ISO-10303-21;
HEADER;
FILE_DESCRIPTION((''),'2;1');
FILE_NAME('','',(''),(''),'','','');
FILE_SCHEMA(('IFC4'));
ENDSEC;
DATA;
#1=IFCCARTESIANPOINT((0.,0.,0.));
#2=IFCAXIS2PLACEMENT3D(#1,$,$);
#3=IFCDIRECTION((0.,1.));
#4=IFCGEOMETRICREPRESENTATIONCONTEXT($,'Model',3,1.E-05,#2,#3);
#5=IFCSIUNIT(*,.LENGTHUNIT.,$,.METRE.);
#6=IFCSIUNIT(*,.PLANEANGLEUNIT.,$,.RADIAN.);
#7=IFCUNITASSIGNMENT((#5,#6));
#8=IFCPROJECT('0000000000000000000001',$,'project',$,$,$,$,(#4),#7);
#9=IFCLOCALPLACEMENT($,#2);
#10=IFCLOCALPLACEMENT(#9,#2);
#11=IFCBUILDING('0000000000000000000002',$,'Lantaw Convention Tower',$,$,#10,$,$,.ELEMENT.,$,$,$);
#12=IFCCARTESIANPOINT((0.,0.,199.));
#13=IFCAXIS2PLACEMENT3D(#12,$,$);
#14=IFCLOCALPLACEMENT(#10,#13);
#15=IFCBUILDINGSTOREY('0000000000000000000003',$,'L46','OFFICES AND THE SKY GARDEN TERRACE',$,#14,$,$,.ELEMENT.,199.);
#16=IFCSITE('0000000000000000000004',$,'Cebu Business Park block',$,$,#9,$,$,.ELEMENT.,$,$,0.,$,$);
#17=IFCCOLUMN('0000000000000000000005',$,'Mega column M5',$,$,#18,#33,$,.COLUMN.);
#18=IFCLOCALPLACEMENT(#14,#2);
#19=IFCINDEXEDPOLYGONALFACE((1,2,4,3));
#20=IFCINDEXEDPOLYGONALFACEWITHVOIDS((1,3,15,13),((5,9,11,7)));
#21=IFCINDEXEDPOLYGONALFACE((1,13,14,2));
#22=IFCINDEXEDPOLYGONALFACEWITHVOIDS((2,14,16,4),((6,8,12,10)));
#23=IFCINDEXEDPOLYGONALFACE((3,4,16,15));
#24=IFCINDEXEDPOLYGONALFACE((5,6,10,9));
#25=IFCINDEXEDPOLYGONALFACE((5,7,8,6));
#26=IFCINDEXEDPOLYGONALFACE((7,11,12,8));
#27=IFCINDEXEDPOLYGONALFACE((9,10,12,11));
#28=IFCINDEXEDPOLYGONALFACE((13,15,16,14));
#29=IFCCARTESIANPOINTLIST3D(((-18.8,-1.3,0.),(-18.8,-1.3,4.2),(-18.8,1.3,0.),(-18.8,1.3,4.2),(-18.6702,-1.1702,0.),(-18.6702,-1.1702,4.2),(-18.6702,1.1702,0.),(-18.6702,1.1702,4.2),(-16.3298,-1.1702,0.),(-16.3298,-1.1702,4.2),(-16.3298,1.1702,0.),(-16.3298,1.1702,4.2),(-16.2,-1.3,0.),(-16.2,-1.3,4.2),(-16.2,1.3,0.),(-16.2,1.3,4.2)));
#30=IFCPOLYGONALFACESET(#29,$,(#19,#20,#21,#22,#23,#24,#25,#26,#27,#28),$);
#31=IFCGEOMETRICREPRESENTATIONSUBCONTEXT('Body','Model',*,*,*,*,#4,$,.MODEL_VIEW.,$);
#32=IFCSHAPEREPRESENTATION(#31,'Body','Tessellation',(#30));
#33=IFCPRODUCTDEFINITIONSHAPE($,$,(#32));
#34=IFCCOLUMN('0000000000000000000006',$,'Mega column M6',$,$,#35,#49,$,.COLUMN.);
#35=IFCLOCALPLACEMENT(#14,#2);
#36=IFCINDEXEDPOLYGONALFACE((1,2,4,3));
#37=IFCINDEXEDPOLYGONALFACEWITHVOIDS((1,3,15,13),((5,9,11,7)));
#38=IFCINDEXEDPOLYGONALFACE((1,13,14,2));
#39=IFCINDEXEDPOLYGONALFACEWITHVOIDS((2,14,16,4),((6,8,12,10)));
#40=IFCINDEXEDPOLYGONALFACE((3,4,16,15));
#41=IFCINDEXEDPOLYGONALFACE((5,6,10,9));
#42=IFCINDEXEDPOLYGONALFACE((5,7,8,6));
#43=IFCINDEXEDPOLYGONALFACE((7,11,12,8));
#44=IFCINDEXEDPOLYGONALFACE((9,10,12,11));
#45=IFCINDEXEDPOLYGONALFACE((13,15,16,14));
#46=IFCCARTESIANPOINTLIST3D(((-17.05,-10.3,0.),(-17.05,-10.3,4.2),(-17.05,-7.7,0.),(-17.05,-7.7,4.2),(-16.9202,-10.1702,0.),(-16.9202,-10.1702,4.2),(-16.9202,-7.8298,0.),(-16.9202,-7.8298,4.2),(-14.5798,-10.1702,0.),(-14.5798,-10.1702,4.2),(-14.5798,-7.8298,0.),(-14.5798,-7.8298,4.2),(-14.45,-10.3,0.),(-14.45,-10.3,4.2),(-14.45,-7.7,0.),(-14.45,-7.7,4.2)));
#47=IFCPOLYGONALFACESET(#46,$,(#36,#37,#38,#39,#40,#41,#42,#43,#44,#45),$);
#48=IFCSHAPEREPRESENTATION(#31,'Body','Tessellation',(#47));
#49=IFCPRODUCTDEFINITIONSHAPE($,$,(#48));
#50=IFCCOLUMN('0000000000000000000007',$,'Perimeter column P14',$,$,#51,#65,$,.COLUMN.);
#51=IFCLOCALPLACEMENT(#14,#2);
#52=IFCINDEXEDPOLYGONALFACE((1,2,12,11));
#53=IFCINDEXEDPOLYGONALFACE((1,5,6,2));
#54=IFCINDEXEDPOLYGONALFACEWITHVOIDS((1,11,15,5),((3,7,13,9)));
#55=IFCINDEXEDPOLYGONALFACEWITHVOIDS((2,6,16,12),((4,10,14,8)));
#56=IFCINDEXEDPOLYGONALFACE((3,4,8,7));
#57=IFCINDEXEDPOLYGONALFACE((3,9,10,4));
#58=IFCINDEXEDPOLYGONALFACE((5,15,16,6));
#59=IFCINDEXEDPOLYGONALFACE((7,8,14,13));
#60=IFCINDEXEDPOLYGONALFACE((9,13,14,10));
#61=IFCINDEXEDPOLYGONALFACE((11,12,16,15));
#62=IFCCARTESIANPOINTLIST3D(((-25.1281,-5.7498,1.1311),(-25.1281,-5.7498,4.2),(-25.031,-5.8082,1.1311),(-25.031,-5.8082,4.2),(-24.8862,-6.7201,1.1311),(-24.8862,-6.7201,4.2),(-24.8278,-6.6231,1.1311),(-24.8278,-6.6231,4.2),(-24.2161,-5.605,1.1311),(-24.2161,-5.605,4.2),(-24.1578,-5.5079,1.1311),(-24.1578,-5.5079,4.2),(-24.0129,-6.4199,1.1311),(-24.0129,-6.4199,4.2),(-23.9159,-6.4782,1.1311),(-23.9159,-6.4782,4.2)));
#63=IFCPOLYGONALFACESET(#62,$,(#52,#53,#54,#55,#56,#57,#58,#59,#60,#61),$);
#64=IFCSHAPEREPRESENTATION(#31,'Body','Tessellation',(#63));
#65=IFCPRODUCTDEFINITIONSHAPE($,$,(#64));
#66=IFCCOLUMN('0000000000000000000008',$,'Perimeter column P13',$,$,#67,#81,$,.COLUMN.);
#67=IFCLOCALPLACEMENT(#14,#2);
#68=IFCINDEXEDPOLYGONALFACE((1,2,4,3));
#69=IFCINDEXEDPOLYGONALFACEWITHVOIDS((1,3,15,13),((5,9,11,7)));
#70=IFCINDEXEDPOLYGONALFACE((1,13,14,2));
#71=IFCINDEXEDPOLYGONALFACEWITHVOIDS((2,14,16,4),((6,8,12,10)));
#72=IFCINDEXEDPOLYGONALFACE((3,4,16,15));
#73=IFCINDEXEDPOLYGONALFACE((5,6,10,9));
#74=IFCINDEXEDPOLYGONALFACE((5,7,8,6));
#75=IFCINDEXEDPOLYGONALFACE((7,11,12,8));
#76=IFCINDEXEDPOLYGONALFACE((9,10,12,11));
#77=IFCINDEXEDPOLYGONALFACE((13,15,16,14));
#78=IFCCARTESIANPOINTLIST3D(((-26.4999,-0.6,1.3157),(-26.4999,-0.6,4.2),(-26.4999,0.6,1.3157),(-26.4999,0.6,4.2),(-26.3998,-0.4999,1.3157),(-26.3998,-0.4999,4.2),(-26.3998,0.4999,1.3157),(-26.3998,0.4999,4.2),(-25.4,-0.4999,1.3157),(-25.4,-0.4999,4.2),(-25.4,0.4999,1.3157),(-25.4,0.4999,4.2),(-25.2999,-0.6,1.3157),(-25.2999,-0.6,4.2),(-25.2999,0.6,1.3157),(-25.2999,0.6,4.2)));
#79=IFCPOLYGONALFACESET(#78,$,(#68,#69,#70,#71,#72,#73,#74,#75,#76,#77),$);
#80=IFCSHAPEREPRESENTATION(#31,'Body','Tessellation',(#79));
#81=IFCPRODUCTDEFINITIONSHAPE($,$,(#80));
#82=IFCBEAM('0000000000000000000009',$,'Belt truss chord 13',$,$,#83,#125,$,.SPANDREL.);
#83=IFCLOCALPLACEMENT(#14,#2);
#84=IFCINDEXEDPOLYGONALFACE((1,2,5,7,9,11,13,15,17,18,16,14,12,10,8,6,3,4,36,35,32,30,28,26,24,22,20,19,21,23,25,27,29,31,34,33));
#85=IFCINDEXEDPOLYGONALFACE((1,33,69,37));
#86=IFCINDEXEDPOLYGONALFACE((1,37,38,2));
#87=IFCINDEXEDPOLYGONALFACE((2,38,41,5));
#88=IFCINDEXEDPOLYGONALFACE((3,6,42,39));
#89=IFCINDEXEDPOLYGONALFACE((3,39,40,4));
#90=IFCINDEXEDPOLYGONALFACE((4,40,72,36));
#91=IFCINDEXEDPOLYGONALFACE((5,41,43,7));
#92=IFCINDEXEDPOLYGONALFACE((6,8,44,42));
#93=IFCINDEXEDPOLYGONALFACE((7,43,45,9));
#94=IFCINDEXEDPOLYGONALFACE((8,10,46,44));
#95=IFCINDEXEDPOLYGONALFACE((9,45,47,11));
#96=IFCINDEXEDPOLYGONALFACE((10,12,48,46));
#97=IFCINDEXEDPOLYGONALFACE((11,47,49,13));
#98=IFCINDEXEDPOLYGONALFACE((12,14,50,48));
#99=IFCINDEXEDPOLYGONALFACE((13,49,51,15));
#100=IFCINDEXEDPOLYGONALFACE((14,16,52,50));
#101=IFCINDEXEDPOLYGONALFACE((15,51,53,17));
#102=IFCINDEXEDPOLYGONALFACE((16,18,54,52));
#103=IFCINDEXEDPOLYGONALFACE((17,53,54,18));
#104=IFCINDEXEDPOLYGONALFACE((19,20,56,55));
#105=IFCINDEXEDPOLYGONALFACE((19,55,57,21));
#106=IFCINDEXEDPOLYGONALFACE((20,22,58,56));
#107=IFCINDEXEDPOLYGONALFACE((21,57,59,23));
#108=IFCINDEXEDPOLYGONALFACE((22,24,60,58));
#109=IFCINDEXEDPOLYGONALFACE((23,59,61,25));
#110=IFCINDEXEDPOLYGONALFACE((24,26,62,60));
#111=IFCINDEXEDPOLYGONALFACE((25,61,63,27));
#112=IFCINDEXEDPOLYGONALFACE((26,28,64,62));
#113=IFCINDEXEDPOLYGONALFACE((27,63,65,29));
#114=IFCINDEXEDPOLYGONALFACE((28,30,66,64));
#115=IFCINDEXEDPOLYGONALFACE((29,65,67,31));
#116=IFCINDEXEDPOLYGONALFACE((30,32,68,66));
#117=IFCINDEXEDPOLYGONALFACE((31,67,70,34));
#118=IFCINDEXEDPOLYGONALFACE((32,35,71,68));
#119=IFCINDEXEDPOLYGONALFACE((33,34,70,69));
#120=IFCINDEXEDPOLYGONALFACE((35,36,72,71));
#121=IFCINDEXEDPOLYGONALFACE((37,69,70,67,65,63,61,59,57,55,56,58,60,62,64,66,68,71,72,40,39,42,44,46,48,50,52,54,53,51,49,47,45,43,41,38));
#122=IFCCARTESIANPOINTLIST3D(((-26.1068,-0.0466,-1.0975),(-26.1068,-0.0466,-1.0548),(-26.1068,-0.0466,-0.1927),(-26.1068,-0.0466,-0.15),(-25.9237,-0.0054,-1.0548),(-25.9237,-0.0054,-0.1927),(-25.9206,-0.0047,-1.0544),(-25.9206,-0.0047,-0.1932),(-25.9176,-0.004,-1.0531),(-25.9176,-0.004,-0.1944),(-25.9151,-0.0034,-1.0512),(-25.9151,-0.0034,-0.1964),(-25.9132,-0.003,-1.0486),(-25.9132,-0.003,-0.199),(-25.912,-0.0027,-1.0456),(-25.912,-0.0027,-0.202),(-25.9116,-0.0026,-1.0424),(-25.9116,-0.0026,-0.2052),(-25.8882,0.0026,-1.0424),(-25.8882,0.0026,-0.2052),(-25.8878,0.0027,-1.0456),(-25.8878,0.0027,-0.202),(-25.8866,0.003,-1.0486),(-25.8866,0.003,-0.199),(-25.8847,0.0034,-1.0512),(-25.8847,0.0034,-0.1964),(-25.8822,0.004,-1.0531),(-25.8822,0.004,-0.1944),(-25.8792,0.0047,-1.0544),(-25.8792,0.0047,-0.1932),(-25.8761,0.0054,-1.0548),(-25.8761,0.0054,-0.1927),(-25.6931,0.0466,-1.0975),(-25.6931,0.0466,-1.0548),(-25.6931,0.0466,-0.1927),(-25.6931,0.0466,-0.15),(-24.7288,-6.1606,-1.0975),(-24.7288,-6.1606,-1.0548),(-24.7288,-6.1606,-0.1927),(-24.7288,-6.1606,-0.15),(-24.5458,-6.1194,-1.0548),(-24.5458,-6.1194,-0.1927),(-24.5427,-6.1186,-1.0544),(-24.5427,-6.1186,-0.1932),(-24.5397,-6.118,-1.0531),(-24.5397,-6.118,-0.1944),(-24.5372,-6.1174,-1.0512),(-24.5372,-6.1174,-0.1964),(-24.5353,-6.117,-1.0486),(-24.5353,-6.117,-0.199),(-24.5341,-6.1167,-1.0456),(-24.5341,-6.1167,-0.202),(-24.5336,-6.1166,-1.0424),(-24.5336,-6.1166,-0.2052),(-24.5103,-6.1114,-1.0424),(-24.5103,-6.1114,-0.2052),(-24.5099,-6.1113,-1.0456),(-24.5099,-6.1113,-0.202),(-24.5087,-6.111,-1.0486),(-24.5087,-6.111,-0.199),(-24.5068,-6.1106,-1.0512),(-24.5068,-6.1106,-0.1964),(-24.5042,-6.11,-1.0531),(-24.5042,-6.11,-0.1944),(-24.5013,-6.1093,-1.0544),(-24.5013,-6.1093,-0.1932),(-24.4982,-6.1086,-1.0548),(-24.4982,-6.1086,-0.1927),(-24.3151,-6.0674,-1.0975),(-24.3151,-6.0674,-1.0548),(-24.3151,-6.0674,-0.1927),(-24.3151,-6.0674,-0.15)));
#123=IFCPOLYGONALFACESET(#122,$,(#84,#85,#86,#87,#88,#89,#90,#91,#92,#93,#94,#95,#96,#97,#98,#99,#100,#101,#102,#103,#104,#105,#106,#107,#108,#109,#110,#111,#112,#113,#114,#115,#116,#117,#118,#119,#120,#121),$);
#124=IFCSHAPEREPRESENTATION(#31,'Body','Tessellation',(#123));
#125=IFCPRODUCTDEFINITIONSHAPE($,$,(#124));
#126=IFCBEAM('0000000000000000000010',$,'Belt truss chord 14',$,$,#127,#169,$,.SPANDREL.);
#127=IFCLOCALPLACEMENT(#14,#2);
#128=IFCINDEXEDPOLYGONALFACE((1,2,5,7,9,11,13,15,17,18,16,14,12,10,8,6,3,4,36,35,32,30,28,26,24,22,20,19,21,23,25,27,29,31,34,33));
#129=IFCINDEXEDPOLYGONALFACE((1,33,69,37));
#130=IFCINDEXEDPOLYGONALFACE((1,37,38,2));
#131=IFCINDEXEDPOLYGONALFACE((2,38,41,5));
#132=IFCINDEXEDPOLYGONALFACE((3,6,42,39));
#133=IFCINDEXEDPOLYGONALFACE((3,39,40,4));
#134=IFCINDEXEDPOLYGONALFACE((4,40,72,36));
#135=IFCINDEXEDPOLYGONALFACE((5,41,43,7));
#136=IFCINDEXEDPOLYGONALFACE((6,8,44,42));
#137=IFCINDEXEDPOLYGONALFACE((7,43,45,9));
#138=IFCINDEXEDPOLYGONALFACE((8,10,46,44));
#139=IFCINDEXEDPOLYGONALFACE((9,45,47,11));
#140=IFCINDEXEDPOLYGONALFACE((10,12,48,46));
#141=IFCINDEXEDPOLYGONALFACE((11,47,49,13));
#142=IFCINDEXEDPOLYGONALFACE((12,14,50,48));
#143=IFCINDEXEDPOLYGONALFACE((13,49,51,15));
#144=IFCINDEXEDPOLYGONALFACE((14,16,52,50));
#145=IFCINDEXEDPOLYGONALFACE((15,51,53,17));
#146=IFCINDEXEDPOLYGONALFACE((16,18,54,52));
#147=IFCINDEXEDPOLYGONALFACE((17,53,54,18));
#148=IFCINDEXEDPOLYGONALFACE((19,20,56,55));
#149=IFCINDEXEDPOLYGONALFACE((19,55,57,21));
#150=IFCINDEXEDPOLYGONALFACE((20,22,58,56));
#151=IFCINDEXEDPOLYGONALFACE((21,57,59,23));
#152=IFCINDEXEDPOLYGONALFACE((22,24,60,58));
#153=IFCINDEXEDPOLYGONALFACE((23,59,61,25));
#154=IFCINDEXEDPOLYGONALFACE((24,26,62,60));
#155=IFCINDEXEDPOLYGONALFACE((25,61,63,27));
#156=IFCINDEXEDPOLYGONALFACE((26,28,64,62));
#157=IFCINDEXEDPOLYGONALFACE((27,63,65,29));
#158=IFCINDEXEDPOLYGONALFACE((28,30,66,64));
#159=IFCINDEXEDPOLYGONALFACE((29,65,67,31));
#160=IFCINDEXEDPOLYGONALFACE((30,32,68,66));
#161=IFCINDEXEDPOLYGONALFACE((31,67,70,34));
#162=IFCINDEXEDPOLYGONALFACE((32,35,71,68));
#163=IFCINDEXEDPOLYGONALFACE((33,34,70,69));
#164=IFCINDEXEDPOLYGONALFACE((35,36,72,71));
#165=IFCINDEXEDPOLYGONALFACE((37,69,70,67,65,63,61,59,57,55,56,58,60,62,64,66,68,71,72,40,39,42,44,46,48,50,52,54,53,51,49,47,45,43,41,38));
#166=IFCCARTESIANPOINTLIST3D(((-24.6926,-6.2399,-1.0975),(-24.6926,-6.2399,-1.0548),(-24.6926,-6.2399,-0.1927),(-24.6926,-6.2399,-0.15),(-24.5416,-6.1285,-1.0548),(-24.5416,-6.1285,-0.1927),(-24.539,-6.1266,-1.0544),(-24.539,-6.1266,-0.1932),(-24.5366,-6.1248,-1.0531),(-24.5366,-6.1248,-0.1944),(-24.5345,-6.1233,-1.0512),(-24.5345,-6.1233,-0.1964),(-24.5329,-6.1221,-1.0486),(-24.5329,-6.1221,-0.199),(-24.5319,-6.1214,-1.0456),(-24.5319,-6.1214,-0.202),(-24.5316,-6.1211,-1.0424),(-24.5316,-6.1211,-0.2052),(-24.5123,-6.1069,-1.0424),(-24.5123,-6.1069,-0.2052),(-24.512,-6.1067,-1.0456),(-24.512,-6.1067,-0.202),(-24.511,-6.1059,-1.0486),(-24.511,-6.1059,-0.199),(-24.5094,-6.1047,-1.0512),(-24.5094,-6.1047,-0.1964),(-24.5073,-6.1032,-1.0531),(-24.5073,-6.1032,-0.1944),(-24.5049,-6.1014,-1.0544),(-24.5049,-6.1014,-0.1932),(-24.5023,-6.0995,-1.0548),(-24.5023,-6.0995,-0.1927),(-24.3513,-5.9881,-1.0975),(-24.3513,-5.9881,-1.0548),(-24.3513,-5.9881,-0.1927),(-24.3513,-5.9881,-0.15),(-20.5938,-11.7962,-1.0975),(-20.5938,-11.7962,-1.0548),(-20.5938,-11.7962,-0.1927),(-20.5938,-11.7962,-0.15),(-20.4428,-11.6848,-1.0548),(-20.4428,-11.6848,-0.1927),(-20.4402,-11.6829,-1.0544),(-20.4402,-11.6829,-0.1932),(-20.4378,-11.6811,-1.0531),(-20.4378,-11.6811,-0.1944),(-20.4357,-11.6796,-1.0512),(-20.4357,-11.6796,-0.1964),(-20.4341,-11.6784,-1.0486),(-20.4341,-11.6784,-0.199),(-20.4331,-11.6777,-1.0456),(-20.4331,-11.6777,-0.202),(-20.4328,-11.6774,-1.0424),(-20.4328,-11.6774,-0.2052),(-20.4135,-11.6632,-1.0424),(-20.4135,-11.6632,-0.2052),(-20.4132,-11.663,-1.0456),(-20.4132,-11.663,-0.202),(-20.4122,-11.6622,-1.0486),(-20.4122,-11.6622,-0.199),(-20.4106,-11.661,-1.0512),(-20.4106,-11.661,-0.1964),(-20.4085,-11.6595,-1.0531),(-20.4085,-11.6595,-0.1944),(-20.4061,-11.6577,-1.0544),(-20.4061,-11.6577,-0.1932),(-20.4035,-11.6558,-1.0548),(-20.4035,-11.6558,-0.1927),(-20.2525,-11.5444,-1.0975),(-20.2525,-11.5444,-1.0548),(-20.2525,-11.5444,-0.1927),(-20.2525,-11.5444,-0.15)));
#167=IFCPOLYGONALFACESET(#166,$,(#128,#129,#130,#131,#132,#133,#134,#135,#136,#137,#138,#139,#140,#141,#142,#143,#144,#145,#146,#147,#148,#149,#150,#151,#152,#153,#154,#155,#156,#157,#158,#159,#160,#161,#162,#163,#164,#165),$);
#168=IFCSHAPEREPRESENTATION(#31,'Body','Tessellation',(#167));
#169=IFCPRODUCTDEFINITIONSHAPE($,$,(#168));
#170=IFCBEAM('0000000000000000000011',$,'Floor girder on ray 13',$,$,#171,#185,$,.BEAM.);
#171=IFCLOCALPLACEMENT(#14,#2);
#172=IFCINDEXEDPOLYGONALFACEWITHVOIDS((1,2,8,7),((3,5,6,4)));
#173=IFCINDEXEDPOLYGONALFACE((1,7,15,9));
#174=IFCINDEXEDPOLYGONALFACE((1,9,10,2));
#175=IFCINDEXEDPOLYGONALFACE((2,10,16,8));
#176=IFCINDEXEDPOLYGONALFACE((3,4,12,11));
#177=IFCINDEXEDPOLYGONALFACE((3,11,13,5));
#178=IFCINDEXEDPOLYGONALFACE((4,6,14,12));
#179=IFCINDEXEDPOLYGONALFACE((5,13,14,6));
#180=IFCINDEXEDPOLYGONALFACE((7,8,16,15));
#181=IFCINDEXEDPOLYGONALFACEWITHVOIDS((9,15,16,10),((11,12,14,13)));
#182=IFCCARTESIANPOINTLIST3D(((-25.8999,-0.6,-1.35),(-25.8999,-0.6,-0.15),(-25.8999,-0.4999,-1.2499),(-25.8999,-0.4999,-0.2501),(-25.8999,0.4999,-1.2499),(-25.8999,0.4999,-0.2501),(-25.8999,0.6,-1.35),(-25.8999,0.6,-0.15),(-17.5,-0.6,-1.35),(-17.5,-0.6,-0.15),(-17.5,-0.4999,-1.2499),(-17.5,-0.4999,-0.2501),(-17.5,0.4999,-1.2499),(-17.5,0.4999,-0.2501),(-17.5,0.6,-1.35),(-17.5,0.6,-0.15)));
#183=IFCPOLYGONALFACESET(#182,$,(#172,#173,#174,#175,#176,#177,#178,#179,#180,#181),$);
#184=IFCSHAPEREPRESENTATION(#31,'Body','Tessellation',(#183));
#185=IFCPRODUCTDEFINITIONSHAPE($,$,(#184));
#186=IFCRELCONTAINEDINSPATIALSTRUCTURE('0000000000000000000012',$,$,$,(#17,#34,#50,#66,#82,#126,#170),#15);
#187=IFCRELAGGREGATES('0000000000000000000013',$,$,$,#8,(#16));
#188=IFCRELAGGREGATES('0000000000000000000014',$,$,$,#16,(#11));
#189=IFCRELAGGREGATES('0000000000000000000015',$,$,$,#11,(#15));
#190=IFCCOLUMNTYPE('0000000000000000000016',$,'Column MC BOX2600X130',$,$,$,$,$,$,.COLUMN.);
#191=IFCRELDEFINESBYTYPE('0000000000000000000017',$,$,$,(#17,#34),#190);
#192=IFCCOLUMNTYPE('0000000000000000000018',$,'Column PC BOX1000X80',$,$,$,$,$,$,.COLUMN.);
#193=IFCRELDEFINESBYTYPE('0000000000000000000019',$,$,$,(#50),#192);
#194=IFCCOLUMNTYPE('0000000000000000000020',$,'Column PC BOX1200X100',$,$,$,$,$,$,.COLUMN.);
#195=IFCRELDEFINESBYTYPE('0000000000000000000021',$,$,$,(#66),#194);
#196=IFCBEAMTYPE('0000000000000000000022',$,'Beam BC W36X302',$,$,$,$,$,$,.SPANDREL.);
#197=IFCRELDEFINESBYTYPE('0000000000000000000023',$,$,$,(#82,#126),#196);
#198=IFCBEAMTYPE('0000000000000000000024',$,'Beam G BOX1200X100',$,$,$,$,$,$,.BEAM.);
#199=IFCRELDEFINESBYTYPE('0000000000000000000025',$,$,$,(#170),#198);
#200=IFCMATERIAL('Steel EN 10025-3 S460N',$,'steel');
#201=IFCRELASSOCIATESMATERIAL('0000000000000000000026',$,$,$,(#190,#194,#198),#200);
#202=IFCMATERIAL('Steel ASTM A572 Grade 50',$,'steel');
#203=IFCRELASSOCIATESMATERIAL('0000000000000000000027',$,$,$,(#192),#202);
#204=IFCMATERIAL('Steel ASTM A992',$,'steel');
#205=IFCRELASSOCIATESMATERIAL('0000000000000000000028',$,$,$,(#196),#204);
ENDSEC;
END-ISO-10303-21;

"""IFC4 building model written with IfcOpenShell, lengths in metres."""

from ifc_helpers import new_model, si_unit, direction, frame, origin, origin_2d, place, context, subcontext, project, spatial, rectangle, hollow_rectangle, i_section, extrude, material, material_profile, profile_set, type_object, element, save


model = new_model("IFC4")

# Units and contexts
model_context = context("Model", 3, precision=1e-05, world=origin(), true_north=direction((0.0, 1.0)))
body_context = subcontext(model_context, "Body", "Model", "MODEL_VIEW")
ifc_project = project(units=[si_unit("LENGTHUNIT", "METRE"), si_unit("PLANEANGLEUNIT", "RADIAN")], contexts=[model_context])

# Site, building, storey
site_placement = place(None, origin())
site = spatial("IfcSite", under=ifc_project, at=site_placement, Name="Cebu Business Park block", CompositionType="ELEMENT", RefElevation=0.0)
building_placement = place(site_placement, origin())
building = spatial("IfcBuilding", under=site, at=building_placement, Name="Lantaw Convention Tower", CompositionType="ELEMENT")
storey_placement = place(building_placement, frame((0.0, 0.0, 199.0)))
storey = spatial("IfcBuildingStorey", under=building, at=storey_placement, Name="L46", Description="OFFICES AND THE SKY GARDEN TERRACE", CompositionType="ELEMENT", Elevation=199.0)

# Columns
ifc_material_1 = material(Name="Steel EN 10025-3 S460N", Category="steel")
ifc_material_profile_1 = material_profile(ifc_material_1, hollow_rectangle(XDim=2.6001, YDim=2.6001, WallThickness=0.1299, at=origin_2d()), Name="BOX2600X130")
ifc_material_2 = material(Name="Concrete C60/75", Category="concrete")
ifc_material_profile_2 = material_profile(ifc_material_2, rectangle(XDim=2.3401, YDim=2.3401, at=origin_2d()), Name="Concrete fill of BOX2600X130")
ifc_profile_set_1 = profile_set([ifc_material_profile_1, ifc_material_profile_2], Name="Steel EN 10025-3 S460N")
column_type_1 = type_object("IfcColumnType", Name="Column MC BOX2600X130", PredefinedType="COLUMN", material=ifc_profile_set_1)
for number, where, z_axis, x_axis, name in (
    (1, (-17.5, 0.0, 0.0), (0.0, 0.0, 1.0), (1.0, 0.0, 0.0), "Mega column M5"),
    (2, (-15.75, -9.0, 0.0), (0.0, 0.0, 1.0), (1.0, 0.0, 0.0), "Mega column M6"),
):
    element("IfcColumn", number, at=place(storey_placement, frame(where, z_axis=z_axis, x_axis=x_axis)), inside=storey, type_object=column_type_1, Name=name, PredefinedType="COLUMN", context=body_context, shape_type="SweptSolid", body=[
        extrude(hollow_rectangle(XDim=2.6001, YDim=2.6001, WallThickness=0.1299, at=origin_2d()), origin(), (0.0, 0.0, 1.0), 4.2),
    ])
ifc_material_3 = material(Name="Steel ASTM A572 Grade 50", Category="steel")
ifc_material_profile_3 = material_profile(ifc_material_3, hollow_rectangle(XDim=1.0, YDim=1.0, WallThickness=0.0801, at=origin_2d()), Name="BOX1000X80")
ifc_material_profile_4 = material_profile(ifc_material_2, rectangle(XDim=0.8401, YDim=0.8401, at=origin_2d()), Name="Concrete fill of BOX1000X80")
ifc_profile_set_2 = profile_set([ifc_material_profile_3, ifc_material_profile_4], Name="Steel ASTM A572 Grade 50")
column_type_2 = type_object("IfcColumnType", Name="Column PC BOX1000X80", PredefinedType="COLUMN", material=ifc_profile_set_2)
column_1_placement = place(storey_placement, frame((-24.522, -6.114, 1.1311), z_axis=(0.0, 0.0, 1.0), x_axis=(0.970296, 0.241922, 0.0)))
element("IfcColumn", 3, at=column_1_placement, inside=storey, type_object=column_type_2, Name="Perimeter column P14", PredefinedType="COLUMN", context=body_context, shape_type="SweptSolid", body=[
    extrude(hollow_rectangle(XDim=1.0, YDim=1.0, WallThickness=0.0801, at=origin_2d()), origin(), (0.0, 0.0, 1.0), 3.0688),
])
ifc_material_profile_5 = material_profile(ifc_material_1, hollow_rectangle(XDim=1.2, YDim=1.2, WallThickness=0.1001, at=origin_2d()), Name="BOX1200X100")
ifc_material_profile_6 = material_profile(ifc_material_2, rectangle(XDim=1.0, YDim=1.0, at=origin_2d()), Name="Concrete fill of BOX1200X100")
ifc_profile_set_3 = profile_set([ifc_material_profile_5, ifc_material_profile_6], Name="Steel EN 10025-3 S460N")
column_type_3 = type_object("IfcColumnType", Name="Column PC BOX1200X100", PredefinedType="COLUMN", material=ifc_profile_set_3)
column_2_placement = place(storey_placement, frame((-25.8999, 0.0, 1.3157), z_axis=(0.0, 0.0, 1.0), x_axis=(1.0, 0.0, 0.0)))
element("IfcColumn", 4, at=column_2_placement, inside=storey, type_object=column_type_3, Name="Perimeter column P13", PredefinedType="COLUMN", context=body_context, shape_type="SweptSolid", body=[
    extrude(hollow_rectangle(XDim=1.2, YDim=1.2, WallThickness=0.1001, at=origin_2d()), origin(), (0.0, 0.0, 1.0), 2.8843),
])

# Beams
ifc_material_4 = material(Name="Steel ASTM A992", Category="steel")
ifc_material_profile_7 = material_profile(ifc_material_4, i_section(OverallWidth=0.4241, OverallDepth=0.9475, WebThickness=0.0239, FlangeThickness=0.0427, FilletRadius=0.0125, at=origin_2d()), Name="W36X302")
ifc_profile_set_4 = profile_set([ifc_material_profile_7], Name="Steel ASTM A992")
beam_type_1 = type_object("IfcBeamType", Name="Beam BC W36X302", PredefinedType="SPANDREL", material=ifc_profile_set_4)
beam_1_placement = place(storey_placement, frame((-25.8999, 0.0, -0.6238), z_axis=(0.219858, -0.975532, 0.0), x_axis=(0.975532, 0.219858, 0.0)))
element("IfcBeam", 5, at=beam_1_placement, inside=storey, type_object=beam_type_1, Name="Belt truss chord 13", PredefinedType="SPANDREL", context=body_context, shape_type="SweptSolid", body=[
    extrude(i_section(OverallWidth=0.4241, OverallDepth=0.9475, WebThickness=0.0239, FlangeThickness=0.0427, FilletRadius=0.0125, at=origin_2d()), origin(), (0.0, 0.0, 1.0), 6.2673),
])
beam_2_placement = place(storey_placement, frame((-24.522, -6.114, -0.6238), z_axis=(0.593639, -0.804731, 0.0), x_axis=(0.804731, 0.593639, 0.0)))
element("IfcBeam", 6, at=beam_2_placement, inside=storey, type_object=beam_type_1, Name="Belt truss chord 14", PredefinedType="SPANDREL", context=body_context, shape_type="SweptSolid", body=[
    extrude(i_section(OverallWidth=0.4241, OverallDepth=0.9475, WebThickness=0.0239, FlangeThickness=0.0427, FilletRadius=0.0125, at=origin_2d()), origin(), (0.0, 0.0, 1.0), 6.9045),
])
ifc_material_profile_8 = material_profile(ifc_material_1, hollow_rectangle(XDim=1.2, YDim=1.2, WallThickness=0.1001, at=origin_2d()), Name="BOX1200X100")
ifc_profile_set_5 = profile_set([ifc_material_profile_8], Name="Steel EN 10025-3 S460N")
beam_type_2 = type_object("IfcBeamType", Name="Beam G BOX1200X100", PredefinedType="BEAM", material=ifc_profile_set_5)
beam_3_placement = place(storey_placement, frame((-17.5, 0.0, -0.75), z_axis=(-1.0, 0.0, 0.0), x_axis=(0.0, -1.0, 0.0)))
element("IfcBeam", 7, at=beam_3_placement, inside=storey, type_object=beam_type_2, Name="Floor girder on ray 13", PredefinedType="BEAM", context=body_context, shape_type="SweptSolid", body=[
    extrude(hollow_rectangle(XDim=1.2, YDim=1.2, WallThickness=0.1001, at=origin_2d()), origin(), (0.0, 0.0, 1.0), 8.3999),
])

save(model, "model.ifc")
